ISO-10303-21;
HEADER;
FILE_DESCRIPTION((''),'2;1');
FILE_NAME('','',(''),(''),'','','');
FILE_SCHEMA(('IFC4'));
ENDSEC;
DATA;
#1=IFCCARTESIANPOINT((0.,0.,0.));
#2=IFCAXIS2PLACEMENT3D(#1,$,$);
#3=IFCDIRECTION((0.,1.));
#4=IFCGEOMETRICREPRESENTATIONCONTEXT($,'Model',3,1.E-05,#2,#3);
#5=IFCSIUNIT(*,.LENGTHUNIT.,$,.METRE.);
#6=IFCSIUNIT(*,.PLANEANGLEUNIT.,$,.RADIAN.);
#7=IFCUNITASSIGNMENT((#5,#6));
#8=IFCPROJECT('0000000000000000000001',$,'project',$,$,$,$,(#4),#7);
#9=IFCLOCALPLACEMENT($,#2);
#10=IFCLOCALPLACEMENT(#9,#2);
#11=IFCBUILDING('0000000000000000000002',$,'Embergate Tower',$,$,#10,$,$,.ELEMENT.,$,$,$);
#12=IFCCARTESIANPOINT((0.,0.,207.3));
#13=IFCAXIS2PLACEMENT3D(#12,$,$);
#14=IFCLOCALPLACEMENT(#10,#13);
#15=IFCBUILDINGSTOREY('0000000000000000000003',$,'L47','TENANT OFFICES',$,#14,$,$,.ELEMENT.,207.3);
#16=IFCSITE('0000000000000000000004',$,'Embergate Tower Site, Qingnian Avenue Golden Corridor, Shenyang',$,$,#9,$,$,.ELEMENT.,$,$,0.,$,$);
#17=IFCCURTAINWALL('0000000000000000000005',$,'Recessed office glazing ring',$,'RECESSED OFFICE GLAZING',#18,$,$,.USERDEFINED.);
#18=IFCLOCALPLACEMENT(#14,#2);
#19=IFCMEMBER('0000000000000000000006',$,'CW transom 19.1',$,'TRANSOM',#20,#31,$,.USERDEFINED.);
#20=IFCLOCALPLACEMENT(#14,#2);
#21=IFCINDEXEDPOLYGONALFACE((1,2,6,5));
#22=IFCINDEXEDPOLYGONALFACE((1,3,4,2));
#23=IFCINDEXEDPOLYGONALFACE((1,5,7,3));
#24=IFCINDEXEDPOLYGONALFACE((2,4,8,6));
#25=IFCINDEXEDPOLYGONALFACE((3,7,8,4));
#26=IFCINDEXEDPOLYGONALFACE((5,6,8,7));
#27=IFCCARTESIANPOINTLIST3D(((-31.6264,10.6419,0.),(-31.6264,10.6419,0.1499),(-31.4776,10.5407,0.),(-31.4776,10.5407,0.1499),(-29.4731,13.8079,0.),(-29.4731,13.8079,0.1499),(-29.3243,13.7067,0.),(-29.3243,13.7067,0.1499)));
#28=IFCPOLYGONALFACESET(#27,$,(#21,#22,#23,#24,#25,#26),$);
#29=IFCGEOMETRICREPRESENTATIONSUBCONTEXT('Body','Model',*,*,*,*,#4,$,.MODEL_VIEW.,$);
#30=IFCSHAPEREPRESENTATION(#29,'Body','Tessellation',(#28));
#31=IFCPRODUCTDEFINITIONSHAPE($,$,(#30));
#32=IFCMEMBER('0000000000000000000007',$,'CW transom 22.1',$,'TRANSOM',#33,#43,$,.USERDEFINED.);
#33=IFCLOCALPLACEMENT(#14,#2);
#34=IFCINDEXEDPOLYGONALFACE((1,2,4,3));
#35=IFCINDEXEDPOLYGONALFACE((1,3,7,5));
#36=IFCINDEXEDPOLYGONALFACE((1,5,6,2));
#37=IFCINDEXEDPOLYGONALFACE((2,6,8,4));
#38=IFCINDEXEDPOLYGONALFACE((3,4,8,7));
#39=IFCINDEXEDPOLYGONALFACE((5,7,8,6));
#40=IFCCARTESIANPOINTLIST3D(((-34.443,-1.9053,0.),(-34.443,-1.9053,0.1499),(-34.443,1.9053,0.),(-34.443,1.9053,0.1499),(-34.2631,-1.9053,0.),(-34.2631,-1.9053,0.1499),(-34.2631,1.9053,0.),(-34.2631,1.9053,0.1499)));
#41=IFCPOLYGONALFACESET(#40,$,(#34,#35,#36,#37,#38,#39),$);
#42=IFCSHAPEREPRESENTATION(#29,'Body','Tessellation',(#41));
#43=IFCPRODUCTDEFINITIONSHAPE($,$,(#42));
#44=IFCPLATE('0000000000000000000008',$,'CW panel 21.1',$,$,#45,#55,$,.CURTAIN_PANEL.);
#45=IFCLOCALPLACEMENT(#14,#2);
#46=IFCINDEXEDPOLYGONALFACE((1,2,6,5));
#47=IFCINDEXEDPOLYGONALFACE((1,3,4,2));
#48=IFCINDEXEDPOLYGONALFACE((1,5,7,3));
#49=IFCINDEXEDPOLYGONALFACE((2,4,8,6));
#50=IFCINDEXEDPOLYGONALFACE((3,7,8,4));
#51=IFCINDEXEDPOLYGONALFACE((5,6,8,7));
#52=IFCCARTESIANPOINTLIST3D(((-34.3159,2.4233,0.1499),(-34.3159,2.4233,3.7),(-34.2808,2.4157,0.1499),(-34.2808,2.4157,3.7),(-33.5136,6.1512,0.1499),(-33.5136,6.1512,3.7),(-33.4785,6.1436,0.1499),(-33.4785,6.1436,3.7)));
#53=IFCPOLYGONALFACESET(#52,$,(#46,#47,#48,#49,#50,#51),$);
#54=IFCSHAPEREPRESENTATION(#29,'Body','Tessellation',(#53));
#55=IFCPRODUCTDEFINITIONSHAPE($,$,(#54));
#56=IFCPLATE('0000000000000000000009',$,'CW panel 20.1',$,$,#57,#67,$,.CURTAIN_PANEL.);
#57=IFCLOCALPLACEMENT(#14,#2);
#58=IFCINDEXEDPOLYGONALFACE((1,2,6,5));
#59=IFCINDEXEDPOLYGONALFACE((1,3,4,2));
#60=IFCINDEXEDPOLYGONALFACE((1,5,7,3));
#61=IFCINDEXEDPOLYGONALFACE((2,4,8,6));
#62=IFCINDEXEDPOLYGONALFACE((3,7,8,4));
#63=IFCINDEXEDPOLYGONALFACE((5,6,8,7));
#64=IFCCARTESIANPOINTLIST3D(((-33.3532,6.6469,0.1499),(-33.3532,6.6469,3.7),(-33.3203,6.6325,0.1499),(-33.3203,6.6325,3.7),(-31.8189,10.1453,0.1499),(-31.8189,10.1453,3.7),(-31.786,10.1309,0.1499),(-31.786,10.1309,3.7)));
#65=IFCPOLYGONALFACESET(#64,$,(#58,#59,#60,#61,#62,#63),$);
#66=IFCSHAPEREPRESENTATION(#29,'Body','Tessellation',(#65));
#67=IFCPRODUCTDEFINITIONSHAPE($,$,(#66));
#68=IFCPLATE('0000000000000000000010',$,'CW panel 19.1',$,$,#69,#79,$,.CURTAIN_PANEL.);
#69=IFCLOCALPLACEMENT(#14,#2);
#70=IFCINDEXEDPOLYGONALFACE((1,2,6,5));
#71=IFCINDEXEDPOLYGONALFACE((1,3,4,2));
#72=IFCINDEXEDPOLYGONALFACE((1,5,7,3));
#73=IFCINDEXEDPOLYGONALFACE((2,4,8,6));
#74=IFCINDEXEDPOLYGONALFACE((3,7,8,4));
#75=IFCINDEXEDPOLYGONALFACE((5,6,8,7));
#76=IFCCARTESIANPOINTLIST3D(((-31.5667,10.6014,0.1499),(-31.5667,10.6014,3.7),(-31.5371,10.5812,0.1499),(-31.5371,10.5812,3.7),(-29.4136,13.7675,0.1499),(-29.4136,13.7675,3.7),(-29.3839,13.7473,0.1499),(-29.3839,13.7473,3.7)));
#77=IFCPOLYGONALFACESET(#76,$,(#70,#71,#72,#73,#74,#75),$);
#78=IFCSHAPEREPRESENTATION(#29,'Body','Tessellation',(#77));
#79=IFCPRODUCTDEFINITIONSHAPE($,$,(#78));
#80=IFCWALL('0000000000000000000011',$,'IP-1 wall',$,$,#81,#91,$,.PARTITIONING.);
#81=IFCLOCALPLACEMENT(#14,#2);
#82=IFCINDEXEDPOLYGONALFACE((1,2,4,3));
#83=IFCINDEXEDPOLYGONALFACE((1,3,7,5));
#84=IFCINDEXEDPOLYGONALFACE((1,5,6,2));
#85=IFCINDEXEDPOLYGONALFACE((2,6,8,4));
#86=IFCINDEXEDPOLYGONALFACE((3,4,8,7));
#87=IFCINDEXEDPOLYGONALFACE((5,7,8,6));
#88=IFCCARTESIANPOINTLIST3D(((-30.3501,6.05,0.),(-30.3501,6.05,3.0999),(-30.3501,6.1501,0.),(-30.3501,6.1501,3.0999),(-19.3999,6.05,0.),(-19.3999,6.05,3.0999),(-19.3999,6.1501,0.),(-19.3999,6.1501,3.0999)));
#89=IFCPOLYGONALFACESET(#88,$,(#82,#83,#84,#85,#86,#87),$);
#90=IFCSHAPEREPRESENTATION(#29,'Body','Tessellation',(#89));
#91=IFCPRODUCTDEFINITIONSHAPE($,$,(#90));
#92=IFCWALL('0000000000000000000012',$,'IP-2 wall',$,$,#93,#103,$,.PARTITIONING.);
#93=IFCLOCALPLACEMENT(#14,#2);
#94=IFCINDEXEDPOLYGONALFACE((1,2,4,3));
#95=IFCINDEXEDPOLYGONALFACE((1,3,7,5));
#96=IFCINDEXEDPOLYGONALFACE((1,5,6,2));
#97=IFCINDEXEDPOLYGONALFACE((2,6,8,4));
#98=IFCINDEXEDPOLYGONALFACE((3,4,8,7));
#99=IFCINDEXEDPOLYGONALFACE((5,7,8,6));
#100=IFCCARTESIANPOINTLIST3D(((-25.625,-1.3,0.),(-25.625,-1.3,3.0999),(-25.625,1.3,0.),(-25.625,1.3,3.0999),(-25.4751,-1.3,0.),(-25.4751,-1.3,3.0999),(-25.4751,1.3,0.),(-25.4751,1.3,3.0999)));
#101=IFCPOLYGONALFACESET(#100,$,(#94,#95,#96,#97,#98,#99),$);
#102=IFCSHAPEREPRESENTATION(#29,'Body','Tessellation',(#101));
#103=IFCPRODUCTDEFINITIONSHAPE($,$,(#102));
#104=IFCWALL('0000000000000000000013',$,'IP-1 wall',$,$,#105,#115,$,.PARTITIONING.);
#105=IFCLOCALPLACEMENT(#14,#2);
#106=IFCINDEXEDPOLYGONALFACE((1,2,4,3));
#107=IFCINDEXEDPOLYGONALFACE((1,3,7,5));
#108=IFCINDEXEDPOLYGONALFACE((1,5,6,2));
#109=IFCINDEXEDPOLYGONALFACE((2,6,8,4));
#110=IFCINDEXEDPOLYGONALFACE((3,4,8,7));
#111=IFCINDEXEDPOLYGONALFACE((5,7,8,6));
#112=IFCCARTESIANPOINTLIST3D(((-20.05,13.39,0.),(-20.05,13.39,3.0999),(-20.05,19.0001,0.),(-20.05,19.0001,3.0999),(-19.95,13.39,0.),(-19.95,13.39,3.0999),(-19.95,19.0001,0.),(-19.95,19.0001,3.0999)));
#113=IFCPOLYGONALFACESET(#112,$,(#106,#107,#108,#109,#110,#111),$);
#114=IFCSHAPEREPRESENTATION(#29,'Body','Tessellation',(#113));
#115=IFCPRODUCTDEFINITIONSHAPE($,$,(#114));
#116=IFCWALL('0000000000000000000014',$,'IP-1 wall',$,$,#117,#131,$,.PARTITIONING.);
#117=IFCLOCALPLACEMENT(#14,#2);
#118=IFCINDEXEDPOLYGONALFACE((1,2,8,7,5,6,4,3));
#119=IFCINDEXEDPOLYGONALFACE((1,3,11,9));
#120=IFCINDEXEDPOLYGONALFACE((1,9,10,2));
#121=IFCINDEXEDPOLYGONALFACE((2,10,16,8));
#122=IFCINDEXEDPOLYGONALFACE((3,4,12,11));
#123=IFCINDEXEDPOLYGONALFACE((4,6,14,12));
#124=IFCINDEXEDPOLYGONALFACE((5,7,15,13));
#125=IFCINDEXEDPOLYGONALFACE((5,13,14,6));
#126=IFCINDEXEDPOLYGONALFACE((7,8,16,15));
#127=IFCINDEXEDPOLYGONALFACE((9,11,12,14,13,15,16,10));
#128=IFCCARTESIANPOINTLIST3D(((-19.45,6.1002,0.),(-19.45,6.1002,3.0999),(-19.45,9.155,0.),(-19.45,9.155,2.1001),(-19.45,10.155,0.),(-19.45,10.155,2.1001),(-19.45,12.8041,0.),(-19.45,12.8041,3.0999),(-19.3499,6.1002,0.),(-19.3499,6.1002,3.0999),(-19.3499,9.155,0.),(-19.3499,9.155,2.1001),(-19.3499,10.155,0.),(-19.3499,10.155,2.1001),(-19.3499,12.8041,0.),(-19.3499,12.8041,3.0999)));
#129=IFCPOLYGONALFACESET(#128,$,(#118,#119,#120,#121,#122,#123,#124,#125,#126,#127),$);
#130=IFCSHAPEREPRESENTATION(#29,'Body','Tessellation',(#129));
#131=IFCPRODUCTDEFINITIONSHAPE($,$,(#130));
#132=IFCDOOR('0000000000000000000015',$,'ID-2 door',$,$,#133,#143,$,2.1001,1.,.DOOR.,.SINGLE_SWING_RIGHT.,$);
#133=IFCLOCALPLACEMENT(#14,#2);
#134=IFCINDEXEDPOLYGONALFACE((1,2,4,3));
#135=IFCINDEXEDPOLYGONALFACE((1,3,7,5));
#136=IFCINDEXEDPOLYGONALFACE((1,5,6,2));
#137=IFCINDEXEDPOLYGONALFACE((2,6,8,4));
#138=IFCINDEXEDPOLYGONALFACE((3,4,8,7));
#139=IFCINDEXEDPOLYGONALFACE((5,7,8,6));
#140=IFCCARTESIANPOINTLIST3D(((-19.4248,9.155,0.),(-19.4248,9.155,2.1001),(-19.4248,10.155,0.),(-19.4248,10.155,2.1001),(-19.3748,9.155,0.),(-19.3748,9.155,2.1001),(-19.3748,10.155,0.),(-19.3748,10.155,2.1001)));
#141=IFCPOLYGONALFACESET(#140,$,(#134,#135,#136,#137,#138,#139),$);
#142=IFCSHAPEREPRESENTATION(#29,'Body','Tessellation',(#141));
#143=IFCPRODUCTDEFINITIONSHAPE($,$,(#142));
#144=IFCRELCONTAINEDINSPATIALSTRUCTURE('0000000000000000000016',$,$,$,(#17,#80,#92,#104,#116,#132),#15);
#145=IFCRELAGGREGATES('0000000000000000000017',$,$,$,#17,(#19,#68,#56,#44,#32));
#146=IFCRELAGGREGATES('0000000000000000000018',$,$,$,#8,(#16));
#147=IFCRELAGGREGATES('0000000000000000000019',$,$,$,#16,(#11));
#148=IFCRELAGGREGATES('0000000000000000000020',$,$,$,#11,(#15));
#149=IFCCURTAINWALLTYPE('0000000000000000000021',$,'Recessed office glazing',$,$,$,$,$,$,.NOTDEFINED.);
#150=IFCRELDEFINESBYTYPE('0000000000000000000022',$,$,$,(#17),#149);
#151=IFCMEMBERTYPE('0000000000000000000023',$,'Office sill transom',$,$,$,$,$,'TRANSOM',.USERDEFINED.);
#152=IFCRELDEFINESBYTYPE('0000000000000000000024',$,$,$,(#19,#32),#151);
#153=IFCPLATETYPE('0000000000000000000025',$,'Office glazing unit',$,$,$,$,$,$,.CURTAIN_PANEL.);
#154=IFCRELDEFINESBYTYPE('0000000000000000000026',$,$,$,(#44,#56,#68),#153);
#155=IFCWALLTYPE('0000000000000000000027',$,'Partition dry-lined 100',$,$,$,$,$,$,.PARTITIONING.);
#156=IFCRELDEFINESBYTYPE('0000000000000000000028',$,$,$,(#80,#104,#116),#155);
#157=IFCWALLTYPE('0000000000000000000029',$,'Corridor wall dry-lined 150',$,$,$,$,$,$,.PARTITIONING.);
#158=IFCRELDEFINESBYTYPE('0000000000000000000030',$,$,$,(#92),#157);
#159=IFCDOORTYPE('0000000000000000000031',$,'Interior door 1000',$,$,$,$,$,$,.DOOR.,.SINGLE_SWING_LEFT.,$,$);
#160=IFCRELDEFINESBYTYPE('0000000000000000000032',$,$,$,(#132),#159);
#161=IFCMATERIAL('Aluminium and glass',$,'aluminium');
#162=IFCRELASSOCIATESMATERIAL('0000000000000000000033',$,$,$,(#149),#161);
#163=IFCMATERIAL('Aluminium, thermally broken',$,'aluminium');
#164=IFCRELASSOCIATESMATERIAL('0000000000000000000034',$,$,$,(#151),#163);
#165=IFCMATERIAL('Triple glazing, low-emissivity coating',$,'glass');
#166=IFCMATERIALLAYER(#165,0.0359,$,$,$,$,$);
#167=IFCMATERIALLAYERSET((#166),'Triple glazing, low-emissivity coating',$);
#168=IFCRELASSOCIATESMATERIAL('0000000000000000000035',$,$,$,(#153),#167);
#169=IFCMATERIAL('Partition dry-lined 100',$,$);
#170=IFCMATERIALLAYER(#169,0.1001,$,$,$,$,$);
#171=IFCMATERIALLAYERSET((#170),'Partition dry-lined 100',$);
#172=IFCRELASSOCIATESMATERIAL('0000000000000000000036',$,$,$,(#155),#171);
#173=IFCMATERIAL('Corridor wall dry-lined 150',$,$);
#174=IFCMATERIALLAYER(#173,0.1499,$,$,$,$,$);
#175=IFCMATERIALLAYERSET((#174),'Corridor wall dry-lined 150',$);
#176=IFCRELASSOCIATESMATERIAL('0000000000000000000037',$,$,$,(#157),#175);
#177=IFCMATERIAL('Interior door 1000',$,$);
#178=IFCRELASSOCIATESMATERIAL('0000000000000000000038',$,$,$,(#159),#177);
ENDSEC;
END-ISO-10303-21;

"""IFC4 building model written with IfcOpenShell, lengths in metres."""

from ifc_helpers import new_model, si_unit, direction, frame, frame_2d, origin, origin_2d, place, context, subcontext, project, spatial, rectangle, extrude, source, transform, mapped, material, layer, layer_set, material_profile, profile_set, type_object, element, fill, aggregate, save


model = new_model("IFC4")

# Units and contexts
model_context = context("Model", 3, precision=1e-05, world=origin(), true_north=direction((0.0, 1.0)))
body_context = subcontext(model_context, "Body", "Model", "MODEL_VIEW")
ifc_project = project(units=[si_unit("LENGTHUNIT", "METRE"), si_unit("PLANEANGLEUNIT", "RADIAN")], contexts=[model_context])

# Site, building, storey
site_placement = place(None, origin())
site = spatial("IfcSite", under=ifc_project, at=site_placement, Name="Embergate Tower Site, Qingnian Avenue Golden Corridor, Shenyang", CompositionType="ELEMENT", RefElevation=0.0)
building_placement = place(site_placement, origin())
building = spatial("IfcBuilding", under=site, at=building_placement, Name="Embergate Tower", CompositionType="ELEMENT")
storey_placement = place(building_placement, frame((0.0, 0.0, 207.3)))
storey = spatial("IfcBuildingStorey", under=building, at=storey_placement, Name="L47", Description="TENANT OFFICES", CompositionType="ELEMENT", Elevation=207.3)

# Curtain wall, members, plates
ifc_material_1 = material(Name="Aluminium and glass", Category="aluminium")
curtain_wall_type = type_object("IfcCurtainWallType", Name="Recessed office glazing", PredefinedType="NOTDEFINED", material=ifc_material_1)
curtain_wall_placement = place(storey_placement, origin())
curtain_wall = element("IfcCurtainWall", 1, at=curtain_wall_placement, inside=storey, type_object=curtain_wall_type, Name="Recessed office glazing ring", ObjectType="RECESSED OFFICE GLAZING", PredefinedType="USERDEFINED")
ifc_material_2 = material(Name="Aluminium, thermally broken", Category="aluminium")
ifc_material_profile_1 = material_profile(ifc_material_2, rectangle(XDim=0.1799, YDim=0.1499, at=origin_2d()), Name="AL 150x180")
ifc_profile_set_1 = profile_set([ifc_material_profile_1], Name="Aluminium, thermally broken")
member_type_1 = type_object("IfcMemberType", Name="Office sill transom", ElementType="TRANSOM", PredefinedType="USERDEFINED", material=ifc_profile_set_1)
shared_shape_1 = source(origin(), body_context, "Body", "SweptSolid", [
    extrude(rectangle(XDim=0.1799, YDim=0.1499, at=origin_2d()), origin(), (0.0, 0.0, 1.0), 3.8289),
])
member_1_placement = place(storey_placement, frame((-29.3987, 13.7573, 0.075), z_axis=(-0.562387, -0.826874, 0.0), x_axis=(0.826874, -0.562387, 0.0)))
member_1 = element("IfcMember", 2, at=member_1_placement, type_object=member_type_1, Name="CW transom 19.1", ObjectType="TRANSOM", PredefinedType="USERDEFINED", context=body_context, shape_type="MappedRepresentation", body=[
    mapped(shared_shape_1, transform((0.0, 0.0, 0.0))),
])
shared_shape_2 = source(origin(), body_context, "Body", "SweptSolid", [
    extrude(rectangle(XDim=0.1799, YDim=0.1499, at=origin_2d()), origin(), (0.0, 0.0, 1.0), 3.8105),
])
member_2_placement = place(storey_placement, frame((-34.353, 1.9053, 0.075), z_axis=(0.0, -1.0, 0.0), x_axis=(1.0, 0.0, 0.0)))
member_2 = element("IfcMember", 3, at=member_2_placement, type_object=member_type_1, Name="CW transom 22.1", ObjectType="TRANSOM", PredefinedType="USERDEFINED", context=body_context, shape_type="MappedRepresentation", body=[
    mapped(shared_shape_2, transform((0.0, 0.0, 0.0))),
])
ifc_material_3 = material(Name="Triple glazing, low-emissivity coating", Category="glass")
ifc_layer_1 = layer(ifc_material_3, 0.0359)
ifc_layer_set_1 = layer_set([ifc_layer_1], Name="Triple glazing, low-emissivity coating")
plate_type = type_object("IfcPlateType", Name="Office glazing unit", PredefinedType="CURTAIN_PANEL", material=ifc_layer_set_1)
shared_shape_3 = source(origin(), body_context, "Body", "SweptSolid", [
    extrude(rectangle(XDim=3.8132, YDim=0.0359, at=origin_2d()), origin(), (0.0, 0.0, 1.0), 3.55),
])
plate_1_placement = place(storey_placement, frame((-33.8972, 4.2834, 0.1499), z_axis=(0.0, 0.0, 1.0), x_axis=(-0.210395, -0.977616, 0.0)))
plate_1 = element("IfcPlate", 4, at=plate_1_placement, type_object=plate_type, Name="CW panel 21.1", PredefinedType="CURTAIN_PANEL", context=body_context, shape_type="MappedRepresentation", body=[
    mapped(shared_shape_3, transform((0.0, 0.0, 0.0))),
])
shared_shape_4 = source(origin(), body_context, "Body", "SweptSolid", [
    extrude(rectangle(XDim=3.8201, YDim=0.0359, at=origin_2d()), origin(), (0.0, 0.0, 1.0), 3.55),
])
plate_2_placement = place(storey_placement, frame((-32.5696, 8.3889, 0.1499), z_axis=(0.0, 0.0, 1.0), x_axis=(-0.401649, -0.915794, 0.0)))
plate_2 = element("IfcPlate", 5, at=plate_2_placement, type_object=plate_type, Name="CW panel 20.1", PredefinedType="CURTAIN_PANEL", context=body_context, shape_type="MappedRepresentation", body=[
    mapped(shared_shape_4, transform((0.0, 0.0, 0.0))),
])
shared_shape_5 = source(origin(), body_context, "Body", "SweptSolid", [
    extrude(rectangle(XDim=3.8289, YDim=0.0359, at=origin_2d()), origin(), (0.0, 0.0, 1.0), 3.55),
])
plate_3_placement = place(storey_placement, frame((-30.4753, 12.1743, 0.1499), z_axis=(0.0, 0.0, 1.0), x_axis=(-0.562337, -0.826908, 0.0)))
plate_3 = element("IfcPlate", 6, at=plate_3_placement, type_object=plate_type, Name="CW panel 19.1", PredefinedType="CURTAIN_PANEL", context=body_context, shape_type="MappedRepresentation", body=[
    mapped(shared_shape_5, transform((0.0, 0.0, 0.0))),
])
aggregate(curtain_wall, [member_1, plate_3, plate_2, plate_1, member_2])

# Walls
ifc_material_4 = material(Name="Partition dry-lined 100")
ifc_layer_2 = layer(ifc_material_4, 0.1001)
ifc_layer_set_2 = layer_set([ifc_layer_2], Name="Partition dry-lined 100")
wall_type_1 = type_object("IfcWallType", Name="Partition dry-lined 100", PredefinedType="PARTITIONING", material=ifc_layer_set_2)
shared_shape_6 = source(origin(), body_context, "Body", "SweptSolid", [
    extrude(rectangle(XDim=10.9502, YDim=0.1001, at=frame_2d((5.4751, 0.0))), origin(), (0.0, 0.0, 1.0), 3.0999),
])
wall_1_placement = place(storey_placement, frame((-30.3501, 6.1001, 0.0), z_axis=(0.0, 0.0, 1.0), x_axis=(1.0, 0.0, 0.0)))
element("IfcWall", 7, at=wall_1_placement, inside=storey, type_object=wall_type_1, Name="IP-1 wall", PredefinedType="PARTITIONING", context=body_context, shape_type="MappedRepresentation", body=[
    mapped(shared_shape_6, transform((0.0, 0.0, 0.0))),
])
ifc_material_5 = material(Name="Corridor wall dry-lined 150")
ifc_layer_3 = layer(ifc_material_5, 0.1499)
ifc_layer_set_3 = layer_set([ifc_layer_3], Name="Corridor wall dry-lined 150")
wall_type_2 = type_object("IfcWallType", Name="Corridor wall dry-lined 150", PredefinedType="PARTITIONING", material=ifc_layer_set_3)
shared_shape_7 = source(origin(), body_context, "Body", "SweptSolid", [
    extrude(rectangle(XDim=2.6001, YDim=0.1499, at=frame_2d((1.3, 0.0))), origin(), (0.0, 0.0, 1.0), 3.0999),
])
wall_2_placement = place(storey_placement, frame((-25.55, 1.3, 0.0), z_axis=(0.0, 0.0, 1.0), x_axis=(0.0, -1.0, 0.0)))
element("IfcWall", 8, at=wall_2_placement, inside=storey, type_object=wall_type_2, Name="IP-2 wall", PredefinedType="PARTITIONING", context=body_context, shape_type="MappedRepresentation", body=[
    mapped(shared_shape_7, transform((0.0, 0.0, 0.0))),
])
shared_shape_8 = source(origin(), body_context, "Body", "SweptSolid", [
    extrude(rectangle(XDim=5.6101, YDim=0.1001, at=frame_2d((2.8052, 0.0))), origin(), (0.0, 0.0, 1.0), 3.0999),
])
wall_3_placement = place(storey_placement, frame((-20.0, 13.3899, 0.0), z_axis=(0.0, 0.0, 1.0), x_axis=(0.0, 1.0, 0.0)))
element("IfcWall", 9, at=wall_3_placement, inside=storey, type_object=wall_type_1, Name="IP-1 wall", PredefinedType="PARTITIONING", context=body_context, shape_type="MappedRepresentation", body=[
    mapped(shared_shape_8, transform((0.0, 0.0, 0.0))),
])

# Wall, opening, door
shared_shape_9 = source(origin(), body_context, "Body", "SweptSolid", [
    extrude(rectangle(XDim=6.7039, YDim=0.1001, at=frame_2d((3.3521, 0.0))), origin(), (0.0, 0.0, 1.0), 3.0999),
])
wall_4_placement = place(storey_placement, frame((-19.3999, 6.1001, 0.0), z_axis=(0.0, 0.0, 1.0), x_axis=(0.0, 1.0, 0.0)))
wall_4 = element("IfcWall", 10, at=wall_4_placement, inside=storey, type_object=wall_type_1, Name="IP-1 wall", PredefinedType="PARTITIONING", context=body_context, shape_type="MappedRepresentation", body=[
    mapped(shared_shape_9, transform((0.0, 0.0, 0.0))),
])
shared_shape_10 = source(origin(), body_context, "Body", "SweptSolid", [
    extrude(rectangle(XDim=1.0, YDim=2.1001, at=frame_2d((0.5, 1.05))), frame((0.0, 0.0601, 0.0), z_axis=(0.0, -1.0, 0.0), x_axis=(1.0, 0.0, 0.0)), (0.0, 0.0, 1.0), 0.1201),
])
opening_placement = place(wall_4_placement, frame((3.0549, 0.0, 0.0)))
opening = element("IfcOpeningElement", 11, at=opening_placement, cuts=wall_4, PredefinedType="OPENING", context=body_context, shape_type="MappedRepresentation", body=[
    mapped(shared_shape_10, transform((0.0, 0.0, 0.0))),
])
ifc_material_6 = material(Name="Interior door 1000")
door_type = type_object("IfcDoorType", Name="Interior door 1000", OperationType="SINGLE_SWING_LEFT", PredefinedType="DOOR", material=ifc_material_6)
shared_shape_11 = source(origin(), body_context, "Body", "SweptSolid", [
    extrude(rectangle(XDim=1.0, YDim=2.1001, at=frame_2d((0.5, 1.05))), frame((0.0, 0.0249, 0.0), z_axis=(0.0, -1.0, 0.0), x_axis=(1.0, 0.0, 0.0)), (0.0, 0.0, 1.0), 0.05),
])
door_placement = place(opening_placement, origin())
door = element("IfcDoor", 12, at=door_placement, inside=storey, type_object=door_type, Name="ID-2 door", OperationType="SINGLE_SWING_RIGHT", OverallHeight=2.1001, OverallWidth=1.0, PredefinedType="DOOR", context=body_context, shape_type="MappedRepresentation", body=[
    mapped(shared_shape_11, transform((0.0, 0.0, 0.0))),
])
fill(opening, door)

save(model, "model.ifc")
